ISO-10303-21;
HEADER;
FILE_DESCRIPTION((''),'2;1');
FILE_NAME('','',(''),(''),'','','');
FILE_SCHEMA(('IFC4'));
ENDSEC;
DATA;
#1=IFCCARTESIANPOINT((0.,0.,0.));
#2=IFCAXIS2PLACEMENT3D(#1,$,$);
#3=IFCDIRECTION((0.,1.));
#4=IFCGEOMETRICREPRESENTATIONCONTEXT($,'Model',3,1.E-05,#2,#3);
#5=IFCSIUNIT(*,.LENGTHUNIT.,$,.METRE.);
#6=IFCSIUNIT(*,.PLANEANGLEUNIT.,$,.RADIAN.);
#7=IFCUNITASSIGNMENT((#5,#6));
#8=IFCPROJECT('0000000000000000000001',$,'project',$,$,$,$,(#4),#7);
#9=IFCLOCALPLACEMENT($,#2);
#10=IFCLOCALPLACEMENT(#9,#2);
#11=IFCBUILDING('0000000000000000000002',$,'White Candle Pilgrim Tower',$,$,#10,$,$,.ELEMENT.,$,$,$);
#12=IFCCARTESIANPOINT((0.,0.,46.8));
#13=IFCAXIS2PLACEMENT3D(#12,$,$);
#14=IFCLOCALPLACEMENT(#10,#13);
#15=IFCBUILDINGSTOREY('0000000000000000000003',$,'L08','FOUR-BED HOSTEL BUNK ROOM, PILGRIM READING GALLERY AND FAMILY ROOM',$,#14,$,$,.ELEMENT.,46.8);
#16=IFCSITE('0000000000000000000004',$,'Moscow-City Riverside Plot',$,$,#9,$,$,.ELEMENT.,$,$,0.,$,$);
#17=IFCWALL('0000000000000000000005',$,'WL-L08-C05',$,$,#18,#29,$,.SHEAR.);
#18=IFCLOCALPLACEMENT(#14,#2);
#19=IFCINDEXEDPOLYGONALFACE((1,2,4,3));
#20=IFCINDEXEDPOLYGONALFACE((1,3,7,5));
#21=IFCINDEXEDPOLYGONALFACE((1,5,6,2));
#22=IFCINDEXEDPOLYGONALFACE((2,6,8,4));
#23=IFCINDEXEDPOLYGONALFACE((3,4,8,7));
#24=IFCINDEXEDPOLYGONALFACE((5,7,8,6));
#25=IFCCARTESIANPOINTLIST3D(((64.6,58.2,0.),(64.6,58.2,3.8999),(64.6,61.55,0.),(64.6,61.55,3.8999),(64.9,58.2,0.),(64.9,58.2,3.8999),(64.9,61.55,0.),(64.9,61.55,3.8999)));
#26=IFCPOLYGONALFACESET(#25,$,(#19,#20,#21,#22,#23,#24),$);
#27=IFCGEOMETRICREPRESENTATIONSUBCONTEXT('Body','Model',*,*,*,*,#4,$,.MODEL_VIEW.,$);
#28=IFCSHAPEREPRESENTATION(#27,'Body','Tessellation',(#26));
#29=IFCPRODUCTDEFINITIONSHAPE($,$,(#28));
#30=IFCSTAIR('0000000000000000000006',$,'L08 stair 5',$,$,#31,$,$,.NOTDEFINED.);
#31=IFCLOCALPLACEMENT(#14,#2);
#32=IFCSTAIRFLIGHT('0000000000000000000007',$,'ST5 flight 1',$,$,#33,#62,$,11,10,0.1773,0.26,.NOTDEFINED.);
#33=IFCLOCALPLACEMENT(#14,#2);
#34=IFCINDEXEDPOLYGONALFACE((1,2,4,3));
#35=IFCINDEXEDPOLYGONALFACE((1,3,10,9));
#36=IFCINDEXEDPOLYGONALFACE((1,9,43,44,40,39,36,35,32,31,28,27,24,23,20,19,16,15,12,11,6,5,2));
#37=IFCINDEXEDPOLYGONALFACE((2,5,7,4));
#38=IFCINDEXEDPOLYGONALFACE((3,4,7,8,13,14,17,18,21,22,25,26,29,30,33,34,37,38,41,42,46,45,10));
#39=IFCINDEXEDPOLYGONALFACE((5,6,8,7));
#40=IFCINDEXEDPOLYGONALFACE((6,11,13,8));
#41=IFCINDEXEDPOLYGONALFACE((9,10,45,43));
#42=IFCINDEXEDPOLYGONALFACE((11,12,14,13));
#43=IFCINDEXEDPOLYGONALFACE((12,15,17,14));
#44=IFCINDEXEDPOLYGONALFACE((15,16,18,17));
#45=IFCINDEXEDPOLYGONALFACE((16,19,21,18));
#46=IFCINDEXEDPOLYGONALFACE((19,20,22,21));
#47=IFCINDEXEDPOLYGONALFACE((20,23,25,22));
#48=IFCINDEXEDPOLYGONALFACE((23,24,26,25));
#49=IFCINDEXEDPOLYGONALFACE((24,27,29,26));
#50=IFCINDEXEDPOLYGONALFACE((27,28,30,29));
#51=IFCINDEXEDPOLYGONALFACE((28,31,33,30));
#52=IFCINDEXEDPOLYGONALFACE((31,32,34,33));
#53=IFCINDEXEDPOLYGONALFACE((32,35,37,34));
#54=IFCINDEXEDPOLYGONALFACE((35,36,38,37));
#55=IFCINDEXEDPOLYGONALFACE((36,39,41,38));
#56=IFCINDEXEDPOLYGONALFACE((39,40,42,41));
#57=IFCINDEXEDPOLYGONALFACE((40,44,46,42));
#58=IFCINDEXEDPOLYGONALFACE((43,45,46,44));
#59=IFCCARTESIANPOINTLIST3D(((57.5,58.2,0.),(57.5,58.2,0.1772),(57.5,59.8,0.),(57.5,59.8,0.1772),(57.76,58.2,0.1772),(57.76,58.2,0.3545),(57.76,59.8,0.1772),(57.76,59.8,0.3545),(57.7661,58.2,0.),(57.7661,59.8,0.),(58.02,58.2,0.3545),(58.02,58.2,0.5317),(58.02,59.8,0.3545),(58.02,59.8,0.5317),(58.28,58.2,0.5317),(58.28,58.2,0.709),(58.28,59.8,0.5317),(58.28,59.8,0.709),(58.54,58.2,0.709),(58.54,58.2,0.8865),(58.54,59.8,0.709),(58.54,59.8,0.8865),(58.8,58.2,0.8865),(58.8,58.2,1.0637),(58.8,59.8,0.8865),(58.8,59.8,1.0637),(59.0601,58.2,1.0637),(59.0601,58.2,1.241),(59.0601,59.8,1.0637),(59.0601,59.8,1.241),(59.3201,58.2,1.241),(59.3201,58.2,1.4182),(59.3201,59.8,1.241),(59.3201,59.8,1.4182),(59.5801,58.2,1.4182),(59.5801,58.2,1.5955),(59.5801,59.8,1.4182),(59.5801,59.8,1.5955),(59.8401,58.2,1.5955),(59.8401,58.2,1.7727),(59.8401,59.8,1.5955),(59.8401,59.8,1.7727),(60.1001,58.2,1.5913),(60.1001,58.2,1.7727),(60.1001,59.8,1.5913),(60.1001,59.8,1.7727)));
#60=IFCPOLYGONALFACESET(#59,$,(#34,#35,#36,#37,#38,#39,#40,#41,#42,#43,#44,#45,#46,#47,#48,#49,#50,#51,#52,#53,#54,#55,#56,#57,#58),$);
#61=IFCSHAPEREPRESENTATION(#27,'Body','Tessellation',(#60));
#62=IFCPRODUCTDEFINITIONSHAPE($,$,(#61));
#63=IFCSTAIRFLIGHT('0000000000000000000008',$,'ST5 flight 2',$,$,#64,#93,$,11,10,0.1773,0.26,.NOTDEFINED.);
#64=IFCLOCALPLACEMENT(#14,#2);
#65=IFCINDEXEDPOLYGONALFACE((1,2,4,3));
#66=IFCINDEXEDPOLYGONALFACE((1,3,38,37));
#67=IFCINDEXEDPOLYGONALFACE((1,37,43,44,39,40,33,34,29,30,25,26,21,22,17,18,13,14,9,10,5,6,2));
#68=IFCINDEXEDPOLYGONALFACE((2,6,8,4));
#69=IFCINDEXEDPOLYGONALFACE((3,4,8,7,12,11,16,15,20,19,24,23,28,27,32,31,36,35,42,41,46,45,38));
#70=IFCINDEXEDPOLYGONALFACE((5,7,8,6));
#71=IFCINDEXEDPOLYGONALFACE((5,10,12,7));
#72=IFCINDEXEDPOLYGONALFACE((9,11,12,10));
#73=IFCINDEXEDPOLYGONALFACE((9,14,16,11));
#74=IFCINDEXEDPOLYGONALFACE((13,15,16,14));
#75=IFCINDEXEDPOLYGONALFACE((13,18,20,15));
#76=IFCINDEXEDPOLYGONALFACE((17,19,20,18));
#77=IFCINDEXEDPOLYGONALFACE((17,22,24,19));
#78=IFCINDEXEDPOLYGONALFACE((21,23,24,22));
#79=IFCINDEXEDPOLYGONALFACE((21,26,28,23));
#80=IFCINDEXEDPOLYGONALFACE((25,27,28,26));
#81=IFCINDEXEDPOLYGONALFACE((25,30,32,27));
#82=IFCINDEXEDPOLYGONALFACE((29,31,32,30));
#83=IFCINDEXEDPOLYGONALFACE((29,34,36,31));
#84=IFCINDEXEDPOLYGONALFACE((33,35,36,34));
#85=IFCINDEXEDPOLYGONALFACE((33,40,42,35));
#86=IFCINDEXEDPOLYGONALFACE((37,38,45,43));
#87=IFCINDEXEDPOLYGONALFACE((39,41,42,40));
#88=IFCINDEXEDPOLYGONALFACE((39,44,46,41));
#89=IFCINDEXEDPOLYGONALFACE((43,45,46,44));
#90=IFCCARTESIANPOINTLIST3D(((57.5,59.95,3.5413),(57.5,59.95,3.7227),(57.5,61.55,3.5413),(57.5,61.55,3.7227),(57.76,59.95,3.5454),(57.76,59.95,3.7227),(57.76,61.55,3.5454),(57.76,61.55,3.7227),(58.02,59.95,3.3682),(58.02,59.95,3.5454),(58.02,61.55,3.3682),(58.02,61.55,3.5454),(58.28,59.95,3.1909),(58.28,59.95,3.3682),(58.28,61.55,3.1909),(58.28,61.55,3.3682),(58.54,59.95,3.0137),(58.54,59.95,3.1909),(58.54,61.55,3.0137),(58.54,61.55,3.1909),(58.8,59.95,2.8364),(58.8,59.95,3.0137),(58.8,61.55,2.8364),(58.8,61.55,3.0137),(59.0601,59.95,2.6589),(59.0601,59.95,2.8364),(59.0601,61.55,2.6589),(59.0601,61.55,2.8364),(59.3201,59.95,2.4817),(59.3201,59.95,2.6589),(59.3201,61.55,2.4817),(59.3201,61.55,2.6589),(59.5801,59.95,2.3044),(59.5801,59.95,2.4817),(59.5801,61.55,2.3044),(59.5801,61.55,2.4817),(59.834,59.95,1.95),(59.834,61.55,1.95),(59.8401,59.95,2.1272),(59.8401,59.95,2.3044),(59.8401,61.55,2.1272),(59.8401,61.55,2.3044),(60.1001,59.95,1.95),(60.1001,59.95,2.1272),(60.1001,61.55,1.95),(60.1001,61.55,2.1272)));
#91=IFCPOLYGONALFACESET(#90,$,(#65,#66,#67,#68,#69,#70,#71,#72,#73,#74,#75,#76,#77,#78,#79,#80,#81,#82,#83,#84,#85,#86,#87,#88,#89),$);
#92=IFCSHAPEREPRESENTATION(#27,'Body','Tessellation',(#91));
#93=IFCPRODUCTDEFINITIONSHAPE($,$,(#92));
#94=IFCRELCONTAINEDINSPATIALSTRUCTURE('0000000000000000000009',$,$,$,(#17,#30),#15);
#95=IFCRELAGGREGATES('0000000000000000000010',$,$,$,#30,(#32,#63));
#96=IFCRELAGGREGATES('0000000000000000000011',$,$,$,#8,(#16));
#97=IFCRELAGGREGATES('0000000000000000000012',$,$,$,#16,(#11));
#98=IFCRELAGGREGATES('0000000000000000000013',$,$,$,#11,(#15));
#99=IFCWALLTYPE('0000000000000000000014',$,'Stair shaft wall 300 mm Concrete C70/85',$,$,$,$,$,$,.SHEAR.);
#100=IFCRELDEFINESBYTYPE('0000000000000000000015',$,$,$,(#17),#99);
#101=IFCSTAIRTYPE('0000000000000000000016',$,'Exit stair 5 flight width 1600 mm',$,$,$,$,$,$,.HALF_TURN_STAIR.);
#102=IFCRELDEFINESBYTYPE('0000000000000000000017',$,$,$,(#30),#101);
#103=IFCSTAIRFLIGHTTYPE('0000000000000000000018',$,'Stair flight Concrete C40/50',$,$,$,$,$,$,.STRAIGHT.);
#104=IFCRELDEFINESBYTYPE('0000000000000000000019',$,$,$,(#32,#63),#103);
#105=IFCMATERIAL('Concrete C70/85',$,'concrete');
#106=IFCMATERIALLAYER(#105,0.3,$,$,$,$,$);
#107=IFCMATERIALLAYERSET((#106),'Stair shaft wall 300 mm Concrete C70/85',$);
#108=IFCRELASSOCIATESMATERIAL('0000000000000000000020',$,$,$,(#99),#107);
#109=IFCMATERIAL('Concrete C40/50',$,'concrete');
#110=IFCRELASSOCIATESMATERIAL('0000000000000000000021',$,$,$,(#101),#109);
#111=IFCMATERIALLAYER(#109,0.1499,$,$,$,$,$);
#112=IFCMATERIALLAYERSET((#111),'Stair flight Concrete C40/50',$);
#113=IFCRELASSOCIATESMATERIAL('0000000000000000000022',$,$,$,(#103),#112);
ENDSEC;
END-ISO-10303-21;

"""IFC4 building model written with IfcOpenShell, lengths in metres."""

from ifc_helpers import new_model, si_unit, direction, frame, frame_2d, origin, place, context, subcontext, project, spatial, polyline, rectangle, outline, extrude, material, layer, layer_set, type_object, element, aggregate, save


model = new_model("IFC4")

# Units and contexts
model_context = context("Model", 3, precision=1e-05, world=origin(), true_north=direction((0.0, 1.0)))
body_context = subcontext(model_context, "Body", "Model", "MODEL_VIEW")
ifc_project = project(units=[si_unit("LENGTHUNIT", "METRE"), si_unit("PLANEANGLEUNIT", "RADIAN")], contexts=[model_context])

# Site, building, storey
site_placement = place(None, origin())
site = spatial("IfcSite", under=ifc_project, at=site_placement, Name="Moscow-City Riverside Plot", CompositionType="ELEMENT", RefElevation=0.0)
building_placement = place(site_placement, origin())
building = spatial("IfcBuilding", under=site, at=building_placement, Name="White Candle Pilgrim Tower", CompositionType="ELEMENT")
storey_placement = place(building_placement, frame((0.0, 0.0, 46.8)))
storey = spatial("IfcBuildingStorey", under=building, at=storey_placement, Name="L08", Description="FOUR-BED HOSTEL BUNK ROOM, PILGRIM READING GALLERY AND FAMILY ROOM", CompositionType="ELEMENT", Elevation=46.8)

# Shared definitions
ifc_material_1 = material(Name="Concrete C70/85", Category="concrete")

# Shared definitions
ifc_layer_1 = layer(ifc_material_1, 0.3)
ifc_layer_set_1 = layer_set([ifc_layer_1], Name="Stair shaft wall 300 mm Concrete C70/85")
wall_type_1 = type_object("IfcWallType", Name="Stair shaft wall 300 mm Concrete C70/85", PredefinedType="SHEAR", material=ifc_layer_set_1)

# Wall
wall_1_placement = place(storey_placement, frame((64.75, 58.2, 0.0), z_axis=(0.0, 0.0, 1.0), x_axis=(0.0, 1.0, 0.0)))
element("IfcWall", 1, at=wall_1_placement, inside=storey, type_object=wall_type_1, Name="WL-L08-C05", PredefinedType="SHEAR", context=body_context, shape_type="SweptSolid", body=[
    extrude(rectangle(XDim=3.3501, YDim=0.3, at=frame_2d((1.675, 0.0))), origin(), (0.0, 0.0, 1.0), 3.8999),
])

# Stair, stair flights
ifc_material_2 = material(Name="Concrete C40/50", Category="concrete")
stair_type = type_object("IfcStairType", Name="Exit stair 5 flight width 1600 mm", PredefinedType="HALF_TURN_STAIR", material=ifc_material_2)
stair_placement = place(storey_placement, origin())
stair = element("IfcStair", 2, at=stair_placement, inside=storey, type_object=stair_type, Name="L08 stair 5", PredefinedType="NOTDEFINED")
ifc_layer_2 = layer(ifc_material_2, 0.1499)
ifc_layer_set_2 = layer_set([ifc_layer_2], Name="Stair flight Concrete C40/50")
stair_flight_type = type_object("IfcStairFlightType", Name="Stair flight Concrete C40/50", PredefinedType="STRAIGHT", material=ifc_layer_set_2)
stair_flight_1_placement = place(storey_placement, frame((57.5, 59.0, 0.0), z_axis=(0.0, 0.0, 1.0), x_axis=(1.0, 0.0, 0.0)))
stair_flight_1 = element("IfcStairFlight", 3, at=stair_flight_1_placement, type_object=stair_flight_type, Name="ST5 flight 1", NumberOfRisers=11, NumberOfTreads=10, PredefinedType="NOTDEFINED", RiserHeight=0.1773, TreadLength=0.26, context=body_context, shape_type="SweptSolid", body=[
    extrude(outline(polyline([(0.0, 0.0), (0.0, 0.1772), (0.26, 0.1772), (0.26, 0.3545), (0.52, 0.3545), (0.52, 0.5317), (0.78, 0.5317), (0.78, 0.709), (1.04, 0.709), (1.04, 0.8865), (1.3, 0.8865), (1.3, 1.0637), (1.5601, 1.0637), (1.5601, 1.241), (1.8201, 1.241), (1.8201, 1.4182), (2.0801, 1.4182), (2.0801, 1.5955), (2.3401, 1.5955), (2.3401, 1.7727), (2.6001, 1.7727), (2.6001, 1.95), (2.6001, 1.5913), (0.2661, 0.0), (0.0, 0.0)])), frame((0.0, 0.8, 0.0), z_axis=(0.0, -1.0, 0.0), x_axis=(1.0, 0.0, 0.0)), (0.0, 0.0, 1.0), 1.6001),
])
stair_flight_2_placement = place(storey_placement, frame((60.1001, 60.75, 1.95), z_axis=(0.0, 0.0, 1.0), x_axis=(-1.0, 0.0, 0.0)))
stair_flight_2 = element("IfcStairFlight", 4, at=stair_flight_2_placement, type_object=stair_flight_type, Name="ST5 flight 2", NumberOfRisers=11, NumberOfTreads=10, PredefinedType="NOTDEFINED", RiserHeight=0.1773, TreadLength=0.26, context=body_context, shape_type="SweptSolid", body=[
    extrude(outline(polyline([(0.0, 0.0), (0.0, 0.1772), (0.26, 0.1772), (0.26, 0.3545), (0.52, 0.3545), (0.52, 0.5317), (0.78, 0.5317), (0.78, 0.709), (1.04, 0.709), (1.04, 0.8865), (1.3, 0.8865), (1.3, 1.0637), (1.5601, 1.0637), (1.5601, 1.241), (1.8201, 1.241), (1.8201, 1.4182), (2.0801, 1.4182), (2.0801, 1.5955), (2.3401, 1.5955), (2.3401, 1.7727), (2.6001, 1.7727), (2.6001, 1.95), (2.6001, 1.5913), (0.2661, 0.0), (0.0, 0.0)])), frame((0.0, 0.8, 0.0), z_axis=(0.0, -1.0, 0.0), x_axis=(1.0, 0.0, 0.0)), (0.0, 0.0, 1.0), 1.6001),
])
aggregate(stair, [stair_flight_1, stair_flight_2])

save(model, "model.ifc")
